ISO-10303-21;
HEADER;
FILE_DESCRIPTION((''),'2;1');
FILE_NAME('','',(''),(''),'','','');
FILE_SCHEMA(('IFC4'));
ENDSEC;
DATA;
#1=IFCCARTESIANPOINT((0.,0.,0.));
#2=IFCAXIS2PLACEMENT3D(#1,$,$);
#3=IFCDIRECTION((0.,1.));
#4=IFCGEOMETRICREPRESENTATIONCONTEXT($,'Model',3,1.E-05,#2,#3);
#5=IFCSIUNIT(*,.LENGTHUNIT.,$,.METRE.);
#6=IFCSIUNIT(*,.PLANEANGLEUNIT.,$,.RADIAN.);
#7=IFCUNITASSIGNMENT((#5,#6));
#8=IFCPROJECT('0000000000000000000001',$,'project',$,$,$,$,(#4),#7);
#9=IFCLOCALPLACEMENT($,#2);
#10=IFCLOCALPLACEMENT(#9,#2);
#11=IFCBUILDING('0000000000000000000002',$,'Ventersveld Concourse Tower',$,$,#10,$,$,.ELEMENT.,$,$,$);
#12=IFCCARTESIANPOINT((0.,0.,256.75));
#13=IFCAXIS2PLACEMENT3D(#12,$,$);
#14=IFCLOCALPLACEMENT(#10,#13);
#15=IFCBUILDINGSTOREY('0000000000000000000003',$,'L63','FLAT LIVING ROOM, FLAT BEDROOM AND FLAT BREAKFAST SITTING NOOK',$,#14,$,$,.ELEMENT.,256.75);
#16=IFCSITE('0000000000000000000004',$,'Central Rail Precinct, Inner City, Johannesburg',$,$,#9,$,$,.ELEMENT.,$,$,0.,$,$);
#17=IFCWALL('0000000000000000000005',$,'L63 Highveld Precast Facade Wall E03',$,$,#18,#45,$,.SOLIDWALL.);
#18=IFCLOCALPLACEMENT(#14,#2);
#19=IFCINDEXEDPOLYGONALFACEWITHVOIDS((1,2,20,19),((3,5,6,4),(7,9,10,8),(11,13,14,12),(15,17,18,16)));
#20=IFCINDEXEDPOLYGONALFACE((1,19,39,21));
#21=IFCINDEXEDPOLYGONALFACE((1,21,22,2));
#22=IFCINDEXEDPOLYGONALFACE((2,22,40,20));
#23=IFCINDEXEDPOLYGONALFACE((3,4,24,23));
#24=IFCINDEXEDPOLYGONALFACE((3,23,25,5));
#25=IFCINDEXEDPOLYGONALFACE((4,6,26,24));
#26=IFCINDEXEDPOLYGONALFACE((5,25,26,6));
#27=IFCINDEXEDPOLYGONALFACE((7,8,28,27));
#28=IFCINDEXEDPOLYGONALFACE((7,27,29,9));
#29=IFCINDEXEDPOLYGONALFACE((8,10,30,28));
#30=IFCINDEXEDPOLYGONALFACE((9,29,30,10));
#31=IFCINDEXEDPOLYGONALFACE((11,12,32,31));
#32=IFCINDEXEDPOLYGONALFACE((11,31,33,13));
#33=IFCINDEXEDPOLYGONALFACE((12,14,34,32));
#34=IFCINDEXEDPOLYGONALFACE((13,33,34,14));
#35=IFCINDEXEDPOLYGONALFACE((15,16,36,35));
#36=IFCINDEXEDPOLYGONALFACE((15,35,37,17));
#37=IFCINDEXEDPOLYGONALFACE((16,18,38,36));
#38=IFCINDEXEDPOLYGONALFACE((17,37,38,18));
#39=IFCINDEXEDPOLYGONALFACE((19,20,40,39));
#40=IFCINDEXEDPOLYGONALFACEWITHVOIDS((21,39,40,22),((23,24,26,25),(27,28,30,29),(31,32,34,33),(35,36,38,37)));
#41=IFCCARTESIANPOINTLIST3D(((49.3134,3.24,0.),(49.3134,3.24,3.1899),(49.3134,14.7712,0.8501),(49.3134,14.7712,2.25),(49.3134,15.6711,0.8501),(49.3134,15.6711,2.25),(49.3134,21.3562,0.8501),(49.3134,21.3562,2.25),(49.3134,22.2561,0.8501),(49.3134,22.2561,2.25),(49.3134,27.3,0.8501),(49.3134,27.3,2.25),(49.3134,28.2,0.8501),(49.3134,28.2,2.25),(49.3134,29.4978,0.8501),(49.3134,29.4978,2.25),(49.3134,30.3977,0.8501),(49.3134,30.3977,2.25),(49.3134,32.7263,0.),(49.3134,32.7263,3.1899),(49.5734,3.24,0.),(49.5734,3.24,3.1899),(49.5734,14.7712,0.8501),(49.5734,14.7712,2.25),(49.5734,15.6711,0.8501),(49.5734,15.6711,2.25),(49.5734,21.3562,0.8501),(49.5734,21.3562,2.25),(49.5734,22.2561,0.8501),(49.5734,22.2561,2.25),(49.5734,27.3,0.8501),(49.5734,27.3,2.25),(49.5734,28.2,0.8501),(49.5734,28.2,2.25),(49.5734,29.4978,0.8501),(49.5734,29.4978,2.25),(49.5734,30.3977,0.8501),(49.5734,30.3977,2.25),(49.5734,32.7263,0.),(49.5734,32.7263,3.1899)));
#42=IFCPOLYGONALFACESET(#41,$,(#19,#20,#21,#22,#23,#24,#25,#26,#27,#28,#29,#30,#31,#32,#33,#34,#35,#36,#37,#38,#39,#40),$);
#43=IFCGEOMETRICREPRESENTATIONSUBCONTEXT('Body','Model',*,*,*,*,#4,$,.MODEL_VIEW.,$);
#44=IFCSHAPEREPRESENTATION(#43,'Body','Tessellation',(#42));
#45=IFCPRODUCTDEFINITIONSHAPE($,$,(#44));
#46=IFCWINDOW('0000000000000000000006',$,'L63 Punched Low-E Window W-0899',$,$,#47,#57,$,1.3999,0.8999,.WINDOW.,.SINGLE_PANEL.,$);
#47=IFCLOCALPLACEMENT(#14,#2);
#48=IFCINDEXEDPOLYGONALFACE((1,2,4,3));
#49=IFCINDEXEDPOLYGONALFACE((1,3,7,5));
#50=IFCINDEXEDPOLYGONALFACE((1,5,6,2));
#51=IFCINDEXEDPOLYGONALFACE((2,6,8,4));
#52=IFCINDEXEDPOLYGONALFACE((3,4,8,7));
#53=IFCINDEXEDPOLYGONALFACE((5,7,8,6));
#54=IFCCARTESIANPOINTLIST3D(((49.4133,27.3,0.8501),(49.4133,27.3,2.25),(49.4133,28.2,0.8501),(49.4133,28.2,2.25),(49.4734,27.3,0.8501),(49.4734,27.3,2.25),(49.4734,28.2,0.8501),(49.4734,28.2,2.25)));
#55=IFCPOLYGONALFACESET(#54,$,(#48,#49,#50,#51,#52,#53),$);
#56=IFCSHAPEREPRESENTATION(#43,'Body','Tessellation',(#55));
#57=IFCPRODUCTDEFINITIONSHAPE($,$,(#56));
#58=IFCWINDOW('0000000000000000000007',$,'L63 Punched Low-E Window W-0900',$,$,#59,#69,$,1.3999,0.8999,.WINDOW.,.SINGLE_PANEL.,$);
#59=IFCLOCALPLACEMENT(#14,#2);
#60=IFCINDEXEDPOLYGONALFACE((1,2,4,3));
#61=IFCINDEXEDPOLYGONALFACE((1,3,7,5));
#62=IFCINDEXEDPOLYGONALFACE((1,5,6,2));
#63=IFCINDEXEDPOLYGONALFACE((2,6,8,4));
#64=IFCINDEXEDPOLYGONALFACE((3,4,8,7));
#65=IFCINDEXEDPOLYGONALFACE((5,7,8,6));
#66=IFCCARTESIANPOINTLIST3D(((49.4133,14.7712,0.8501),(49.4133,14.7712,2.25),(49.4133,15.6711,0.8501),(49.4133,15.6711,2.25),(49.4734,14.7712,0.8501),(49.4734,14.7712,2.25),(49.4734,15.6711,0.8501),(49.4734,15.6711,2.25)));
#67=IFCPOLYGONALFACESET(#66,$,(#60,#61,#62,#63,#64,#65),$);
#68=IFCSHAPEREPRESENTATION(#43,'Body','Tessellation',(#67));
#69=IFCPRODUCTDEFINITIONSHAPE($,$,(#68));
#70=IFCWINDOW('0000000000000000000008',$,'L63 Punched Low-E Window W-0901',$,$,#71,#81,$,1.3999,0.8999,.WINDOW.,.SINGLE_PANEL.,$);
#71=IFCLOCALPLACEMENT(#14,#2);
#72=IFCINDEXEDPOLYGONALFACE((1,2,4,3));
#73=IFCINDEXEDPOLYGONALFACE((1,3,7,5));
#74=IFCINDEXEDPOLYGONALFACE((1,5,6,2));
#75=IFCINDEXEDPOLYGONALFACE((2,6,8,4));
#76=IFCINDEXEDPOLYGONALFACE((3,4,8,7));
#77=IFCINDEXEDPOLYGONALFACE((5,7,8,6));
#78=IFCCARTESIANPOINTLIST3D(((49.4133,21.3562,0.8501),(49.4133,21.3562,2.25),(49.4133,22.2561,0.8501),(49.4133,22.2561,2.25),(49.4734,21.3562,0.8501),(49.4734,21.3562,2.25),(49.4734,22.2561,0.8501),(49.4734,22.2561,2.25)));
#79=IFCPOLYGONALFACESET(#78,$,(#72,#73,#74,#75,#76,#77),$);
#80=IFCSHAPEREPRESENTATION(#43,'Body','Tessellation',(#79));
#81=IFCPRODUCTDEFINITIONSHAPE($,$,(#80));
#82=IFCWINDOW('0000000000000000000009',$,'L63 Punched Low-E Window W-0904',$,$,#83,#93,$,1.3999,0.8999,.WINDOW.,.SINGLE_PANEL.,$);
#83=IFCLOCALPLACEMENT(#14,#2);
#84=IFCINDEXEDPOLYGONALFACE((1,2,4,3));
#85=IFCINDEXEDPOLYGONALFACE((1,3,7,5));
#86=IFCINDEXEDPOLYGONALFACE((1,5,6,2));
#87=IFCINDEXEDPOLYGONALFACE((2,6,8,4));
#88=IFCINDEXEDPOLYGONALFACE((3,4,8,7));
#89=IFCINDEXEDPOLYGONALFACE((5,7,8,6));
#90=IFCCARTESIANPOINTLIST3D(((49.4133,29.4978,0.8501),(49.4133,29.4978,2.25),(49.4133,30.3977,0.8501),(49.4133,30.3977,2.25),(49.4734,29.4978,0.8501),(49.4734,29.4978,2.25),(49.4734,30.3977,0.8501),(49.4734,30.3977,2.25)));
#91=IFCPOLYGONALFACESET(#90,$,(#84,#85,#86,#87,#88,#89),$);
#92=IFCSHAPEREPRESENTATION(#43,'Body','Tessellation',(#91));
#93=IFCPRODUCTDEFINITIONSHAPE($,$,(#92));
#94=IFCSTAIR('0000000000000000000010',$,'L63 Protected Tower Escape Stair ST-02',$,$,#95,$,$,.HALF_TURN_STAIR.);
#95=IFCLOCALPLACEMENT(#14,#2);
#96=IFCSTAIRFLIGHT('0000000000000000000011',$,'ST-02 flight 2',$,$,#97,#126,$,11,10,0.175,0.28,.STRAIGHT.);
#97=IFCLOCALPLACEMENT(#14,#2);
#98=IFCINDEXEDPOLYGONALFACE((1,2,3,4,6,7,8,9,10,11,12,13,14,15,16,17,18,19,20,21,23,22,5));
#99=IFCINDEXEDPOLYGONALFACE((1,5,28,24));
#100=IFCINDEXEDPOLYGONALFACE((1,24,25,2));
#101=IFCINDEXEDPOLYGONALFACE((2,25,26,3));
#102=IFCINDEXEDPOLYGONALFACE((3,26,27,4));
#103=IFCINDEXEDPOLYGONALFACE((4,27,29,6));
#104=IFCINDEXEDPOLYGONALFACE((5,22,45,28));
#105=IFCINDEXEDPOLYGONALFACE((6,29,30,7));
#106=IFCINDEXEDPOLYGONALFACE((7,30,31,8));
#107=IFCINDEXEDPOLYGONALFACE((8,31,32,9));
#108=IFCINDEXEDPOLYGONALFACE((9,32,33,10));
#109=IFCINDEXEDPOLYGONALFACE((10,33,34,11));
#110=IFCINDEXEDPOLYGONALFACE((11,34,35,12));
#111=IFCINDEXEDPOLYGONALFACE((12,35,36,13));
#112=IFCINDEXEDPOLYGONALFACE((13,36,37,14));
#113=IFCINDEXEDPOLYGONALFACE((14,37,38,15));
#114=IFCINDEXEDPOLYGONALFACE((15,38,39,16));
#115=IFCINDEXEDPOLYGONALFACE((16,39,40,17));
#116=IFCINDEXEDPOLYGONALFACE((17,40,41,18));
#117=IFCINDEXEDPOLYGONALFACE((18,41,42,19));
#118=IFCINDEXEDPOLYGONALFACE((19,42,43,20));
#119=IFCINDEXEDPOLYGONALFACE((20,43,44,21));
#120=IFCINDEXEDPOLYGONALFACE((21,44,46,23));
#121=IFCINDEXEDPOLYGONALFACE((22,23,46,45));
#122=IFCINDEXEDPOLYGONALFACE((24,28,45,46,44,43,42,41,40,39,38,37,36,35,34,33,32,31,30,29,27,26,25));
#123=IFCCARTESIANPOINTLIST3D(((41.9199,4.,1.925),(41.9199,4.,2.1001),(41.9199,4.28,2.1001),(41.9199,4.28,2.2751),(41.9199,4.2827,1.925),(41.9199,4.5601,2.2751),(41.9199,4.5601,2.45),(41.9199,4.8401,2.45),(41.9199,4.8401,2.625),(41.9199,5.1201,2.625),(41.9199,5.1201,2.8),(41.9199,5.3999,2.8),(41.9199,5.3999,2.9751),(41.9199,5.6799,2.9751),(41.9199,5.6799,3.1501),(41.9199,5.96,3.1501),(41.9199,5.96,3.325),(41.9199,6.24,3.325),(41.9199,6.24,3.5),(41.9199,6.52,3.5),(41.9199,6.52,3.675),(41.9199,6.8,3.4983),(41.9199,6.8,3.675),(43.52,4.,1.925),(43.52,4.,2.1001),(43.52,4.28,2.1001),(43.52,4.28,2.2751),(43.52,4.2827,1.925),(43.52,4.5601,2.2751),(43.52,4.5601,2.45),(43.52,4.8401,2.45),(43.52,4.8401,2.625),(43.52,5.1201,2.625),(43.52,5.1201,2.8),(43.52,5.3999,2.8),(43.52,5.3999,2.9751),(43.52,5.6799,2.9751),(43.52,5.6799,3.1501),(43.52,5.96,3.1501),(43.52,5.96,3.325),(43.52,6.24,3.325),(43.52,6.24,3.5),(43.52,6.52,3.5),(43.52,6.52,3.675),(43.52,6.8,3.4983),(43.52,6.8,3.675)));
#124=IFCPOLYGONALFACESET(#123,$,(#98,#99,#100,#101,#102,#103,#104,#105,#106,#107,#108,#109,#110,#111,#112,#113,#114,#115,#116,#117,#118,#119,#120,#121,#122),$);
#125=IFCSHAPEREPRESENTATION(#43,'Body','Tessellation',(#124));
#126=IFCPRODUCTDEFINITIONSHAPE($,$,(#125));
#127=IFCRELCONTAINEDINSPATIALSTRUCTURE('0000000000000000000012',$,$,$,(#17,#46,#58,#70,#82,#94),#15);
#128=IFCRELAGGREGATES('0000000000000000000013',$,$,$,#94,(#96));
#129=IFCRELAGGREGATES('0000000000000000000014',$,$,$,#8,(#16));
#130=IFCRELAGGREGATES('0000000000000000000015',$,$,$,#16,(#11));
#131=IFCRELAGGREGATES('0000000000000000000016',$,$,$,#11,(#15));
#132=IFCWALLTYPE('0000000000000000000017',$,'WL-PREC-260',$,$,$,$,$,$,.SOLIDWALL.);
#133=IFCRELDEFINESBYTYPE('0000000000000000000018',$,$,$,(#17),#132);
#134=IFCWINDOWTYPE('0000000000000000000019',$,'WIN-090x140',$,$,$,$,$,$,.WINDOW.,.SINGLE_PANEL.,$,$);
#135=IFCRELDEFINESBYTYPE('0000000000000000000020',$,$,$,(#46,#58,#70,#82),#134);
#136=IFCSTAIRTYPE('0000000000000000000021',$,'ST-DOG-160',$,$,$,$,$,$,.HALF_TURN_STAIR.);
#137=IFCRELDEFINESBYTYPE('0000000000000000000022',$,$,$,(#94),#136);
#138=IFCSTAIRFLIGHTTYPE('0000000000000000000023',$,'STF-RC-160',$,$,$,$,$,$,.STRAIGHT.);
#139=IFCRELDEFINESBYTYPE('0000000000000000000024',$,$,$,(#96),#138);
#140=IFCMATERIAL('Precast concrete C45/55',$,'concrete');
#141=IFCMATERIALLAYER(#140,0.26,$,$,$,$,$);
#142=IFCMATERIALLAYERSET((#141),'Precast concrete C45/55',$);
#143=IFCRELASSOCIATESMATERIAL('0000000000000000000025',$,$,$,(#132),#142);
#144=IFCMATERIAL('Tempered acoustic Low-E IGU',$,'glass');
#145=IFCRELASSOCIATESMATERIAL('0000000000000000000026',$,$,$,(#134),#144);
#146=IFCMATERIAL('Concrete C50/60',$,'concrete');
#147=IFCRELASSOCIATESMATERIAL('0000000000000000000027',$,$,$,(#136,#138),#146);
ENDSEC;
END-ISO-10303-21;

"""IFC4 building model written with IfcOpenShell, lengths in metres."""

from ifc_helpers import new_model, si_unit, direction, frame, frame_2d, origin, place, context, subcontext, project, spatial, polyline, rectangle, outline, extrude, material, layer, layer_set, type_object, element, fill, aggregate, save


model = new_model("IFC4")

# Units and contexts
model_context = context("Model", 3, precision=1e-05, world=origin(), true_north=direction((0.0, 1.0)))
body_context = subcontext(model_context, "Body", "Model", "MODEL_VIEW")
ifc_project = project(units=[si_unit("LENGTHUNIT", "METRE"), si_unit("PLANEANGLEUNIT", "RADIAN")], contexts=[model_context])

# Site, building, storey
site_placement = place(None, origin())
site = spatial("IfcSite", under=ifc_project, at=site_placement, Name="Central Rail Precinct, Inner City, Johannesburg", CompositionType="ELEMENT", RefElevation=0.0)
building_placement = place(site_placement, origin())
building = spatial("IfcBuilding", under=site, at=building_placement, Name="Ventersveld Concourse Tower", CompositionType="ELEMENT")
storey_placement = place(building_placement, frame((0.0, 0.0, 256.75)))
storey = spatial("IfcBuildingStorey", under=building, at=storey_placement, Name="L63", Description="FLAT LIVING ROOM, FLAT BEDROOM AND FLAT BREAKFAST SITTING NOOK", CompositionType="ELEMENT", Elevation=256.75)

# Shared definitions
ifc_material_1 = material(Name="Concrete C50/60", Category="concrete")

# Shared definitions
ifc_material_2 = material(Name="Precast concrete C45/55", Category="concrete")
ifc_layer_1 = layer(ifc_material_2, 0.26)
ifc_layer_set_1 = layer_set([ifc_layer_1], Name="Precast concrete C45/55")
wall_type_1 = type_object("IfcWallType", Name="WL-PREC-260", PredefinedType="SOLIDWALL", material=ifc_layer_set_1)

# Shared definitions
ifc_material_3 = material(Name="Tempered acoustic Low-E IGU", Category="glass")

# Wall, openings, windows
wall_1_placement = place(storey_placement, frame((49.4434, 3.24, 0.0), z_axis=(0.0, 0.0, 1.0), x_axis=(0.0, 1.0, 0.0)))
wall_1 = element("IfcWall", 1, at=wall_1_placement, inside=storey, type_object=wall_type_1, Name="L63 Highveld Precast Facade Wall E03", PredefinedType="SOLIDWALL", context=body_context, shape_type="SweptSolid", body=[
    extrude(rectangle(XDim=29.4863, YDim=0.26, at=frame_2d((14.7432, 0.0))), origin(), (0.0, 0.0, 1.0), 3.1899),
])
opening_1_placement = place(wall_1_placement, frame((24.0601, 0.0, 0.8501)))
opening_1 = element("IfcOpeningElement", 2, at=opening_1_placement, cuts=wall_1, PredefinedType="OPENING", context=body_context, shape_type="SweptSolid", body=[
    extrude(rectangle(XDim=0.8999, YDim=1.3999, at=frame_2d((0.45, 0.7))), frame((0.0, 0.1401, 0.0), z_axis=(0.0, -1.0, 0.0), x_axis=(1.0, 0.0, 0.0)), (0.0, 0.0, 1.0), 0.28),
])
opening_2_placement = place(wall_1_placement, frame((11.5312, 0.0, 0.8501)))
opening_2 = element("IfcOpeningElement", 3, at=opening_2_placement, cuts=wall_1, PredefinedType="OPENING", context=body_context, shape_type="SweptSolid", body=[
    extrude(rectangle(XDim=0.8999, YDim=1.3999, at=frame_2d((0.45, 0.7))), frame((0.0, 0.1401, 0.0), z_axis=(0.0, -1.0, 0.0), x_axis=(1.0, 0.0, 0.0)), (0.0, 0.0, 1.0), 0.28),
])
opening_3_placement = place(wall_1_placement, frame((18.1162, 0.0, 0.8501)))
opening_3 = element("IfcOpeningElement", 4, at=opening_3_placement, cuts=wall_1, PredefinedType="OPENING", context=body_context, shape_type="SweptSolid", body=[
    extrude(rectangle(XDim=0.8999, YDim=1.3999, at=frame_2d((0.45, 0.7))), frame((0.0, 0.1401, 0.0), z_axis=(0.0, -1.0, 0.0), x_axis=(1.0, 0.0, 0.0)), (0.0, 0.0, 1.0), 0.28),
])
opening_4_placement = place(wall_1_placement, frame((26.2578, 0.0, 0.8501)))
opening_4 = element("IfcOpeningElement", 5, at=opening_4_placement, cuts=wall_1, PredefinedType="OPENING", context=body_context, shape_type="SweptSolid", body=[
    extrude(rectangle(XDim=0.8999, YDim=1.3999, at=frame_2d((0.45, 0.7))), frame((0.0, 0.1401, 0.0), z_axis=(0.0, -1.0, 0.0), x_axis=(1.0, 0.0, 0.0)), (0.0, 0.0, 1.0), 0.28),
])
window_type_1 = type_object("IfcWindowType", Name="WIN-090x140", PartitioningType="SINGLE_PANEL", PredefinedType="WINDOW", material=ifc_material_3)
window_1_placement = place(opening_1_placement, origin())
window_1 = element("IfcWindow", 6, at=window_1_placement, inside=storey, type_object=window_type_1, Name="L63 Punched Low-E Window W-0899", OverallHeight=1.3999, OverallWidth=0.8999, PartitioningType="SINGLE_PANEL", PredefinedType="WINDOW", context=body_context, shape_type="SweptSolid", body=[
    extrude(rectangle(XDim=0.8999, YDim=1.3999, at=frame_2d((0.45, 0.7))), frame((0.0, 0.03, 0.0), z_axis=(0.0, -1.0, 0.0), x_axis=(1.0, 0.0, 0.0)), (0.0, 0.0, 1.0), 0.0601),
])
fill(opening_1, window_1)
window_2_placement = place(opening_2_placement, origin())
window_2 = element("IfcWindow", 7, at=window_2_placement, inside=storey, type_object=window_type_1, Name="L63 Punched Low-E Window W-0900", OverallHeight=1.3999, OverallWidth=0.8999, PartitioningType="SINGLE_PANEL", PredefinedType="WINDOW", context=body_context, shape_type="SweptSolid", body=[
    extrude(rectangle(XDim=0.8999, YDim=1.3999, at=frame_2d((0.45, 0.7))), frame((0.0, 0.03, 0.0), z_axis=(0.0, -1.0, 0.0), x_axis=(1.0, 0.0, 0.0)), (0.0, 0.0, 1.0), 0.0601),
])
fill(opening_2, window_2)
window_3_placement = place(opening_3_placement, origin())
window_3 = element("IfcWindow", 8, at=window_3_placement, inside=storey, type_object=window_type_1, Name="L63 Punched Low-E Window W-0901", OverallHeight=1.3999, OverallWidth=0.8999, PartitioningType="SINGLE_PANEL", PredefinedType="WINDOW", context=body_context, shape_type="SweptSolid", body=[
    extrude(rectangle(XDim=0.8999, YDim=1.3999, at=frame_2d((0.45, 0.7))), frame((0.0, 0.03, 0.0), z_axis=(0.0, -1.0, 0.0), x_axis=(1.0, 0.0, 0.0)), (0.0, 0.0, 1.0), 0.0601),
])
fill(opening_3, window_3)
window_4_placement = place(opening_4_placement, origin())
window_4 = element("IfcWindow", 9, at=window_4_placement, inside=storey, type_object=window_type_1, Name="L63 Punched Low-E Window W-0904", OverallHeight=1.3999, OverallWidth=0.8999, PartitioningType="SINGLE_PANEL", PredefinedType="WINDOW", context=body_context, shape_type="SweptSolid", body=[
    extrude(rectangle(XDim=0.8999, YDim=1.3999, at=frame_2d((0.45, 0.7))), frame((0.0, 0.03, 0.0), z_axis=(0.0, -1.0, 0.0), x_axis=(1.0, 0.0, 0.0)), (0.0, 0.0, 1.0), 0.0601),
])
fill(opening_4, window_4)

# Stair, stair flight
stair_type = type_object("IfcStairType", Name="ST-DOG-160", PredefinedType="HALF_TURN_STAIR", material=ifc_material_1)
stair_placement = place(storey_placement, origin())
stair = element("IfcStair", 10, at=stair_placement, inside=storey, type_object=stair_type, Name="L63 Protected Tower Escape Stair ST-02", PredefinedType="HALF_TURN_STAIR")
stair_flight_type = type_object("IfcStairFlightType", Name="STF-RC-160", PredefinedType="STRAIGHT", material=ifc_material_1)
stair_flight_placement = place(storey_placement, frame((42.72, 4.0, 1.925), z_axis=(0.0, 0.0, 1.0), x_axis=(0.0, 1.0, 0.0)))
stair_flight = element("IfcStairFlight", 11, at=stair_flight_placement, type_object=stair_flight_type, Name="ST-02 flight 2", NumberOfRisers=11, NumberOfTreads=10, PredefinedType="STRAIGHT", RiserHeight=0.175, TreadLength=0.28, context=body_context, shape_type="SweptSolid", body=[
    extrude(outline(polyline([(0.0, 0.0), (0.0, 0.175), (0.28, 0.175), (0.28, 0.3501), (0.5601, 0.3501), (0.5601, 0.5249), (0.8401, 0.5249), (0.8401, 0.7), (1.1201, 0.7), (1.1201, 0.875), (1.3999, 0.875), (1.3999, 1.05), (1.6799, 1.05), (1.6799, 1.2251), (1.96, 1.2251), (1.96, 1.3999), (2.24, 1.3999), (2.24, 1.575), (2.52, 1.575), (2.52, 1.75), (2.8, 1.75), (2.8, 1.925), (2.8, 1.5732), (0.2827, 0.0), (0.0, 0.0)])), frame((0.0, 0.8, 0.0), z_axis=(0.0, -1.0, 0.0), x_axis=(1.0, 0.0, 0.0)), (0.0, 0.0, 1.0), 1.6001),
])
aggregate(stair, [stair_flight])

save(model, "model.ifc")
